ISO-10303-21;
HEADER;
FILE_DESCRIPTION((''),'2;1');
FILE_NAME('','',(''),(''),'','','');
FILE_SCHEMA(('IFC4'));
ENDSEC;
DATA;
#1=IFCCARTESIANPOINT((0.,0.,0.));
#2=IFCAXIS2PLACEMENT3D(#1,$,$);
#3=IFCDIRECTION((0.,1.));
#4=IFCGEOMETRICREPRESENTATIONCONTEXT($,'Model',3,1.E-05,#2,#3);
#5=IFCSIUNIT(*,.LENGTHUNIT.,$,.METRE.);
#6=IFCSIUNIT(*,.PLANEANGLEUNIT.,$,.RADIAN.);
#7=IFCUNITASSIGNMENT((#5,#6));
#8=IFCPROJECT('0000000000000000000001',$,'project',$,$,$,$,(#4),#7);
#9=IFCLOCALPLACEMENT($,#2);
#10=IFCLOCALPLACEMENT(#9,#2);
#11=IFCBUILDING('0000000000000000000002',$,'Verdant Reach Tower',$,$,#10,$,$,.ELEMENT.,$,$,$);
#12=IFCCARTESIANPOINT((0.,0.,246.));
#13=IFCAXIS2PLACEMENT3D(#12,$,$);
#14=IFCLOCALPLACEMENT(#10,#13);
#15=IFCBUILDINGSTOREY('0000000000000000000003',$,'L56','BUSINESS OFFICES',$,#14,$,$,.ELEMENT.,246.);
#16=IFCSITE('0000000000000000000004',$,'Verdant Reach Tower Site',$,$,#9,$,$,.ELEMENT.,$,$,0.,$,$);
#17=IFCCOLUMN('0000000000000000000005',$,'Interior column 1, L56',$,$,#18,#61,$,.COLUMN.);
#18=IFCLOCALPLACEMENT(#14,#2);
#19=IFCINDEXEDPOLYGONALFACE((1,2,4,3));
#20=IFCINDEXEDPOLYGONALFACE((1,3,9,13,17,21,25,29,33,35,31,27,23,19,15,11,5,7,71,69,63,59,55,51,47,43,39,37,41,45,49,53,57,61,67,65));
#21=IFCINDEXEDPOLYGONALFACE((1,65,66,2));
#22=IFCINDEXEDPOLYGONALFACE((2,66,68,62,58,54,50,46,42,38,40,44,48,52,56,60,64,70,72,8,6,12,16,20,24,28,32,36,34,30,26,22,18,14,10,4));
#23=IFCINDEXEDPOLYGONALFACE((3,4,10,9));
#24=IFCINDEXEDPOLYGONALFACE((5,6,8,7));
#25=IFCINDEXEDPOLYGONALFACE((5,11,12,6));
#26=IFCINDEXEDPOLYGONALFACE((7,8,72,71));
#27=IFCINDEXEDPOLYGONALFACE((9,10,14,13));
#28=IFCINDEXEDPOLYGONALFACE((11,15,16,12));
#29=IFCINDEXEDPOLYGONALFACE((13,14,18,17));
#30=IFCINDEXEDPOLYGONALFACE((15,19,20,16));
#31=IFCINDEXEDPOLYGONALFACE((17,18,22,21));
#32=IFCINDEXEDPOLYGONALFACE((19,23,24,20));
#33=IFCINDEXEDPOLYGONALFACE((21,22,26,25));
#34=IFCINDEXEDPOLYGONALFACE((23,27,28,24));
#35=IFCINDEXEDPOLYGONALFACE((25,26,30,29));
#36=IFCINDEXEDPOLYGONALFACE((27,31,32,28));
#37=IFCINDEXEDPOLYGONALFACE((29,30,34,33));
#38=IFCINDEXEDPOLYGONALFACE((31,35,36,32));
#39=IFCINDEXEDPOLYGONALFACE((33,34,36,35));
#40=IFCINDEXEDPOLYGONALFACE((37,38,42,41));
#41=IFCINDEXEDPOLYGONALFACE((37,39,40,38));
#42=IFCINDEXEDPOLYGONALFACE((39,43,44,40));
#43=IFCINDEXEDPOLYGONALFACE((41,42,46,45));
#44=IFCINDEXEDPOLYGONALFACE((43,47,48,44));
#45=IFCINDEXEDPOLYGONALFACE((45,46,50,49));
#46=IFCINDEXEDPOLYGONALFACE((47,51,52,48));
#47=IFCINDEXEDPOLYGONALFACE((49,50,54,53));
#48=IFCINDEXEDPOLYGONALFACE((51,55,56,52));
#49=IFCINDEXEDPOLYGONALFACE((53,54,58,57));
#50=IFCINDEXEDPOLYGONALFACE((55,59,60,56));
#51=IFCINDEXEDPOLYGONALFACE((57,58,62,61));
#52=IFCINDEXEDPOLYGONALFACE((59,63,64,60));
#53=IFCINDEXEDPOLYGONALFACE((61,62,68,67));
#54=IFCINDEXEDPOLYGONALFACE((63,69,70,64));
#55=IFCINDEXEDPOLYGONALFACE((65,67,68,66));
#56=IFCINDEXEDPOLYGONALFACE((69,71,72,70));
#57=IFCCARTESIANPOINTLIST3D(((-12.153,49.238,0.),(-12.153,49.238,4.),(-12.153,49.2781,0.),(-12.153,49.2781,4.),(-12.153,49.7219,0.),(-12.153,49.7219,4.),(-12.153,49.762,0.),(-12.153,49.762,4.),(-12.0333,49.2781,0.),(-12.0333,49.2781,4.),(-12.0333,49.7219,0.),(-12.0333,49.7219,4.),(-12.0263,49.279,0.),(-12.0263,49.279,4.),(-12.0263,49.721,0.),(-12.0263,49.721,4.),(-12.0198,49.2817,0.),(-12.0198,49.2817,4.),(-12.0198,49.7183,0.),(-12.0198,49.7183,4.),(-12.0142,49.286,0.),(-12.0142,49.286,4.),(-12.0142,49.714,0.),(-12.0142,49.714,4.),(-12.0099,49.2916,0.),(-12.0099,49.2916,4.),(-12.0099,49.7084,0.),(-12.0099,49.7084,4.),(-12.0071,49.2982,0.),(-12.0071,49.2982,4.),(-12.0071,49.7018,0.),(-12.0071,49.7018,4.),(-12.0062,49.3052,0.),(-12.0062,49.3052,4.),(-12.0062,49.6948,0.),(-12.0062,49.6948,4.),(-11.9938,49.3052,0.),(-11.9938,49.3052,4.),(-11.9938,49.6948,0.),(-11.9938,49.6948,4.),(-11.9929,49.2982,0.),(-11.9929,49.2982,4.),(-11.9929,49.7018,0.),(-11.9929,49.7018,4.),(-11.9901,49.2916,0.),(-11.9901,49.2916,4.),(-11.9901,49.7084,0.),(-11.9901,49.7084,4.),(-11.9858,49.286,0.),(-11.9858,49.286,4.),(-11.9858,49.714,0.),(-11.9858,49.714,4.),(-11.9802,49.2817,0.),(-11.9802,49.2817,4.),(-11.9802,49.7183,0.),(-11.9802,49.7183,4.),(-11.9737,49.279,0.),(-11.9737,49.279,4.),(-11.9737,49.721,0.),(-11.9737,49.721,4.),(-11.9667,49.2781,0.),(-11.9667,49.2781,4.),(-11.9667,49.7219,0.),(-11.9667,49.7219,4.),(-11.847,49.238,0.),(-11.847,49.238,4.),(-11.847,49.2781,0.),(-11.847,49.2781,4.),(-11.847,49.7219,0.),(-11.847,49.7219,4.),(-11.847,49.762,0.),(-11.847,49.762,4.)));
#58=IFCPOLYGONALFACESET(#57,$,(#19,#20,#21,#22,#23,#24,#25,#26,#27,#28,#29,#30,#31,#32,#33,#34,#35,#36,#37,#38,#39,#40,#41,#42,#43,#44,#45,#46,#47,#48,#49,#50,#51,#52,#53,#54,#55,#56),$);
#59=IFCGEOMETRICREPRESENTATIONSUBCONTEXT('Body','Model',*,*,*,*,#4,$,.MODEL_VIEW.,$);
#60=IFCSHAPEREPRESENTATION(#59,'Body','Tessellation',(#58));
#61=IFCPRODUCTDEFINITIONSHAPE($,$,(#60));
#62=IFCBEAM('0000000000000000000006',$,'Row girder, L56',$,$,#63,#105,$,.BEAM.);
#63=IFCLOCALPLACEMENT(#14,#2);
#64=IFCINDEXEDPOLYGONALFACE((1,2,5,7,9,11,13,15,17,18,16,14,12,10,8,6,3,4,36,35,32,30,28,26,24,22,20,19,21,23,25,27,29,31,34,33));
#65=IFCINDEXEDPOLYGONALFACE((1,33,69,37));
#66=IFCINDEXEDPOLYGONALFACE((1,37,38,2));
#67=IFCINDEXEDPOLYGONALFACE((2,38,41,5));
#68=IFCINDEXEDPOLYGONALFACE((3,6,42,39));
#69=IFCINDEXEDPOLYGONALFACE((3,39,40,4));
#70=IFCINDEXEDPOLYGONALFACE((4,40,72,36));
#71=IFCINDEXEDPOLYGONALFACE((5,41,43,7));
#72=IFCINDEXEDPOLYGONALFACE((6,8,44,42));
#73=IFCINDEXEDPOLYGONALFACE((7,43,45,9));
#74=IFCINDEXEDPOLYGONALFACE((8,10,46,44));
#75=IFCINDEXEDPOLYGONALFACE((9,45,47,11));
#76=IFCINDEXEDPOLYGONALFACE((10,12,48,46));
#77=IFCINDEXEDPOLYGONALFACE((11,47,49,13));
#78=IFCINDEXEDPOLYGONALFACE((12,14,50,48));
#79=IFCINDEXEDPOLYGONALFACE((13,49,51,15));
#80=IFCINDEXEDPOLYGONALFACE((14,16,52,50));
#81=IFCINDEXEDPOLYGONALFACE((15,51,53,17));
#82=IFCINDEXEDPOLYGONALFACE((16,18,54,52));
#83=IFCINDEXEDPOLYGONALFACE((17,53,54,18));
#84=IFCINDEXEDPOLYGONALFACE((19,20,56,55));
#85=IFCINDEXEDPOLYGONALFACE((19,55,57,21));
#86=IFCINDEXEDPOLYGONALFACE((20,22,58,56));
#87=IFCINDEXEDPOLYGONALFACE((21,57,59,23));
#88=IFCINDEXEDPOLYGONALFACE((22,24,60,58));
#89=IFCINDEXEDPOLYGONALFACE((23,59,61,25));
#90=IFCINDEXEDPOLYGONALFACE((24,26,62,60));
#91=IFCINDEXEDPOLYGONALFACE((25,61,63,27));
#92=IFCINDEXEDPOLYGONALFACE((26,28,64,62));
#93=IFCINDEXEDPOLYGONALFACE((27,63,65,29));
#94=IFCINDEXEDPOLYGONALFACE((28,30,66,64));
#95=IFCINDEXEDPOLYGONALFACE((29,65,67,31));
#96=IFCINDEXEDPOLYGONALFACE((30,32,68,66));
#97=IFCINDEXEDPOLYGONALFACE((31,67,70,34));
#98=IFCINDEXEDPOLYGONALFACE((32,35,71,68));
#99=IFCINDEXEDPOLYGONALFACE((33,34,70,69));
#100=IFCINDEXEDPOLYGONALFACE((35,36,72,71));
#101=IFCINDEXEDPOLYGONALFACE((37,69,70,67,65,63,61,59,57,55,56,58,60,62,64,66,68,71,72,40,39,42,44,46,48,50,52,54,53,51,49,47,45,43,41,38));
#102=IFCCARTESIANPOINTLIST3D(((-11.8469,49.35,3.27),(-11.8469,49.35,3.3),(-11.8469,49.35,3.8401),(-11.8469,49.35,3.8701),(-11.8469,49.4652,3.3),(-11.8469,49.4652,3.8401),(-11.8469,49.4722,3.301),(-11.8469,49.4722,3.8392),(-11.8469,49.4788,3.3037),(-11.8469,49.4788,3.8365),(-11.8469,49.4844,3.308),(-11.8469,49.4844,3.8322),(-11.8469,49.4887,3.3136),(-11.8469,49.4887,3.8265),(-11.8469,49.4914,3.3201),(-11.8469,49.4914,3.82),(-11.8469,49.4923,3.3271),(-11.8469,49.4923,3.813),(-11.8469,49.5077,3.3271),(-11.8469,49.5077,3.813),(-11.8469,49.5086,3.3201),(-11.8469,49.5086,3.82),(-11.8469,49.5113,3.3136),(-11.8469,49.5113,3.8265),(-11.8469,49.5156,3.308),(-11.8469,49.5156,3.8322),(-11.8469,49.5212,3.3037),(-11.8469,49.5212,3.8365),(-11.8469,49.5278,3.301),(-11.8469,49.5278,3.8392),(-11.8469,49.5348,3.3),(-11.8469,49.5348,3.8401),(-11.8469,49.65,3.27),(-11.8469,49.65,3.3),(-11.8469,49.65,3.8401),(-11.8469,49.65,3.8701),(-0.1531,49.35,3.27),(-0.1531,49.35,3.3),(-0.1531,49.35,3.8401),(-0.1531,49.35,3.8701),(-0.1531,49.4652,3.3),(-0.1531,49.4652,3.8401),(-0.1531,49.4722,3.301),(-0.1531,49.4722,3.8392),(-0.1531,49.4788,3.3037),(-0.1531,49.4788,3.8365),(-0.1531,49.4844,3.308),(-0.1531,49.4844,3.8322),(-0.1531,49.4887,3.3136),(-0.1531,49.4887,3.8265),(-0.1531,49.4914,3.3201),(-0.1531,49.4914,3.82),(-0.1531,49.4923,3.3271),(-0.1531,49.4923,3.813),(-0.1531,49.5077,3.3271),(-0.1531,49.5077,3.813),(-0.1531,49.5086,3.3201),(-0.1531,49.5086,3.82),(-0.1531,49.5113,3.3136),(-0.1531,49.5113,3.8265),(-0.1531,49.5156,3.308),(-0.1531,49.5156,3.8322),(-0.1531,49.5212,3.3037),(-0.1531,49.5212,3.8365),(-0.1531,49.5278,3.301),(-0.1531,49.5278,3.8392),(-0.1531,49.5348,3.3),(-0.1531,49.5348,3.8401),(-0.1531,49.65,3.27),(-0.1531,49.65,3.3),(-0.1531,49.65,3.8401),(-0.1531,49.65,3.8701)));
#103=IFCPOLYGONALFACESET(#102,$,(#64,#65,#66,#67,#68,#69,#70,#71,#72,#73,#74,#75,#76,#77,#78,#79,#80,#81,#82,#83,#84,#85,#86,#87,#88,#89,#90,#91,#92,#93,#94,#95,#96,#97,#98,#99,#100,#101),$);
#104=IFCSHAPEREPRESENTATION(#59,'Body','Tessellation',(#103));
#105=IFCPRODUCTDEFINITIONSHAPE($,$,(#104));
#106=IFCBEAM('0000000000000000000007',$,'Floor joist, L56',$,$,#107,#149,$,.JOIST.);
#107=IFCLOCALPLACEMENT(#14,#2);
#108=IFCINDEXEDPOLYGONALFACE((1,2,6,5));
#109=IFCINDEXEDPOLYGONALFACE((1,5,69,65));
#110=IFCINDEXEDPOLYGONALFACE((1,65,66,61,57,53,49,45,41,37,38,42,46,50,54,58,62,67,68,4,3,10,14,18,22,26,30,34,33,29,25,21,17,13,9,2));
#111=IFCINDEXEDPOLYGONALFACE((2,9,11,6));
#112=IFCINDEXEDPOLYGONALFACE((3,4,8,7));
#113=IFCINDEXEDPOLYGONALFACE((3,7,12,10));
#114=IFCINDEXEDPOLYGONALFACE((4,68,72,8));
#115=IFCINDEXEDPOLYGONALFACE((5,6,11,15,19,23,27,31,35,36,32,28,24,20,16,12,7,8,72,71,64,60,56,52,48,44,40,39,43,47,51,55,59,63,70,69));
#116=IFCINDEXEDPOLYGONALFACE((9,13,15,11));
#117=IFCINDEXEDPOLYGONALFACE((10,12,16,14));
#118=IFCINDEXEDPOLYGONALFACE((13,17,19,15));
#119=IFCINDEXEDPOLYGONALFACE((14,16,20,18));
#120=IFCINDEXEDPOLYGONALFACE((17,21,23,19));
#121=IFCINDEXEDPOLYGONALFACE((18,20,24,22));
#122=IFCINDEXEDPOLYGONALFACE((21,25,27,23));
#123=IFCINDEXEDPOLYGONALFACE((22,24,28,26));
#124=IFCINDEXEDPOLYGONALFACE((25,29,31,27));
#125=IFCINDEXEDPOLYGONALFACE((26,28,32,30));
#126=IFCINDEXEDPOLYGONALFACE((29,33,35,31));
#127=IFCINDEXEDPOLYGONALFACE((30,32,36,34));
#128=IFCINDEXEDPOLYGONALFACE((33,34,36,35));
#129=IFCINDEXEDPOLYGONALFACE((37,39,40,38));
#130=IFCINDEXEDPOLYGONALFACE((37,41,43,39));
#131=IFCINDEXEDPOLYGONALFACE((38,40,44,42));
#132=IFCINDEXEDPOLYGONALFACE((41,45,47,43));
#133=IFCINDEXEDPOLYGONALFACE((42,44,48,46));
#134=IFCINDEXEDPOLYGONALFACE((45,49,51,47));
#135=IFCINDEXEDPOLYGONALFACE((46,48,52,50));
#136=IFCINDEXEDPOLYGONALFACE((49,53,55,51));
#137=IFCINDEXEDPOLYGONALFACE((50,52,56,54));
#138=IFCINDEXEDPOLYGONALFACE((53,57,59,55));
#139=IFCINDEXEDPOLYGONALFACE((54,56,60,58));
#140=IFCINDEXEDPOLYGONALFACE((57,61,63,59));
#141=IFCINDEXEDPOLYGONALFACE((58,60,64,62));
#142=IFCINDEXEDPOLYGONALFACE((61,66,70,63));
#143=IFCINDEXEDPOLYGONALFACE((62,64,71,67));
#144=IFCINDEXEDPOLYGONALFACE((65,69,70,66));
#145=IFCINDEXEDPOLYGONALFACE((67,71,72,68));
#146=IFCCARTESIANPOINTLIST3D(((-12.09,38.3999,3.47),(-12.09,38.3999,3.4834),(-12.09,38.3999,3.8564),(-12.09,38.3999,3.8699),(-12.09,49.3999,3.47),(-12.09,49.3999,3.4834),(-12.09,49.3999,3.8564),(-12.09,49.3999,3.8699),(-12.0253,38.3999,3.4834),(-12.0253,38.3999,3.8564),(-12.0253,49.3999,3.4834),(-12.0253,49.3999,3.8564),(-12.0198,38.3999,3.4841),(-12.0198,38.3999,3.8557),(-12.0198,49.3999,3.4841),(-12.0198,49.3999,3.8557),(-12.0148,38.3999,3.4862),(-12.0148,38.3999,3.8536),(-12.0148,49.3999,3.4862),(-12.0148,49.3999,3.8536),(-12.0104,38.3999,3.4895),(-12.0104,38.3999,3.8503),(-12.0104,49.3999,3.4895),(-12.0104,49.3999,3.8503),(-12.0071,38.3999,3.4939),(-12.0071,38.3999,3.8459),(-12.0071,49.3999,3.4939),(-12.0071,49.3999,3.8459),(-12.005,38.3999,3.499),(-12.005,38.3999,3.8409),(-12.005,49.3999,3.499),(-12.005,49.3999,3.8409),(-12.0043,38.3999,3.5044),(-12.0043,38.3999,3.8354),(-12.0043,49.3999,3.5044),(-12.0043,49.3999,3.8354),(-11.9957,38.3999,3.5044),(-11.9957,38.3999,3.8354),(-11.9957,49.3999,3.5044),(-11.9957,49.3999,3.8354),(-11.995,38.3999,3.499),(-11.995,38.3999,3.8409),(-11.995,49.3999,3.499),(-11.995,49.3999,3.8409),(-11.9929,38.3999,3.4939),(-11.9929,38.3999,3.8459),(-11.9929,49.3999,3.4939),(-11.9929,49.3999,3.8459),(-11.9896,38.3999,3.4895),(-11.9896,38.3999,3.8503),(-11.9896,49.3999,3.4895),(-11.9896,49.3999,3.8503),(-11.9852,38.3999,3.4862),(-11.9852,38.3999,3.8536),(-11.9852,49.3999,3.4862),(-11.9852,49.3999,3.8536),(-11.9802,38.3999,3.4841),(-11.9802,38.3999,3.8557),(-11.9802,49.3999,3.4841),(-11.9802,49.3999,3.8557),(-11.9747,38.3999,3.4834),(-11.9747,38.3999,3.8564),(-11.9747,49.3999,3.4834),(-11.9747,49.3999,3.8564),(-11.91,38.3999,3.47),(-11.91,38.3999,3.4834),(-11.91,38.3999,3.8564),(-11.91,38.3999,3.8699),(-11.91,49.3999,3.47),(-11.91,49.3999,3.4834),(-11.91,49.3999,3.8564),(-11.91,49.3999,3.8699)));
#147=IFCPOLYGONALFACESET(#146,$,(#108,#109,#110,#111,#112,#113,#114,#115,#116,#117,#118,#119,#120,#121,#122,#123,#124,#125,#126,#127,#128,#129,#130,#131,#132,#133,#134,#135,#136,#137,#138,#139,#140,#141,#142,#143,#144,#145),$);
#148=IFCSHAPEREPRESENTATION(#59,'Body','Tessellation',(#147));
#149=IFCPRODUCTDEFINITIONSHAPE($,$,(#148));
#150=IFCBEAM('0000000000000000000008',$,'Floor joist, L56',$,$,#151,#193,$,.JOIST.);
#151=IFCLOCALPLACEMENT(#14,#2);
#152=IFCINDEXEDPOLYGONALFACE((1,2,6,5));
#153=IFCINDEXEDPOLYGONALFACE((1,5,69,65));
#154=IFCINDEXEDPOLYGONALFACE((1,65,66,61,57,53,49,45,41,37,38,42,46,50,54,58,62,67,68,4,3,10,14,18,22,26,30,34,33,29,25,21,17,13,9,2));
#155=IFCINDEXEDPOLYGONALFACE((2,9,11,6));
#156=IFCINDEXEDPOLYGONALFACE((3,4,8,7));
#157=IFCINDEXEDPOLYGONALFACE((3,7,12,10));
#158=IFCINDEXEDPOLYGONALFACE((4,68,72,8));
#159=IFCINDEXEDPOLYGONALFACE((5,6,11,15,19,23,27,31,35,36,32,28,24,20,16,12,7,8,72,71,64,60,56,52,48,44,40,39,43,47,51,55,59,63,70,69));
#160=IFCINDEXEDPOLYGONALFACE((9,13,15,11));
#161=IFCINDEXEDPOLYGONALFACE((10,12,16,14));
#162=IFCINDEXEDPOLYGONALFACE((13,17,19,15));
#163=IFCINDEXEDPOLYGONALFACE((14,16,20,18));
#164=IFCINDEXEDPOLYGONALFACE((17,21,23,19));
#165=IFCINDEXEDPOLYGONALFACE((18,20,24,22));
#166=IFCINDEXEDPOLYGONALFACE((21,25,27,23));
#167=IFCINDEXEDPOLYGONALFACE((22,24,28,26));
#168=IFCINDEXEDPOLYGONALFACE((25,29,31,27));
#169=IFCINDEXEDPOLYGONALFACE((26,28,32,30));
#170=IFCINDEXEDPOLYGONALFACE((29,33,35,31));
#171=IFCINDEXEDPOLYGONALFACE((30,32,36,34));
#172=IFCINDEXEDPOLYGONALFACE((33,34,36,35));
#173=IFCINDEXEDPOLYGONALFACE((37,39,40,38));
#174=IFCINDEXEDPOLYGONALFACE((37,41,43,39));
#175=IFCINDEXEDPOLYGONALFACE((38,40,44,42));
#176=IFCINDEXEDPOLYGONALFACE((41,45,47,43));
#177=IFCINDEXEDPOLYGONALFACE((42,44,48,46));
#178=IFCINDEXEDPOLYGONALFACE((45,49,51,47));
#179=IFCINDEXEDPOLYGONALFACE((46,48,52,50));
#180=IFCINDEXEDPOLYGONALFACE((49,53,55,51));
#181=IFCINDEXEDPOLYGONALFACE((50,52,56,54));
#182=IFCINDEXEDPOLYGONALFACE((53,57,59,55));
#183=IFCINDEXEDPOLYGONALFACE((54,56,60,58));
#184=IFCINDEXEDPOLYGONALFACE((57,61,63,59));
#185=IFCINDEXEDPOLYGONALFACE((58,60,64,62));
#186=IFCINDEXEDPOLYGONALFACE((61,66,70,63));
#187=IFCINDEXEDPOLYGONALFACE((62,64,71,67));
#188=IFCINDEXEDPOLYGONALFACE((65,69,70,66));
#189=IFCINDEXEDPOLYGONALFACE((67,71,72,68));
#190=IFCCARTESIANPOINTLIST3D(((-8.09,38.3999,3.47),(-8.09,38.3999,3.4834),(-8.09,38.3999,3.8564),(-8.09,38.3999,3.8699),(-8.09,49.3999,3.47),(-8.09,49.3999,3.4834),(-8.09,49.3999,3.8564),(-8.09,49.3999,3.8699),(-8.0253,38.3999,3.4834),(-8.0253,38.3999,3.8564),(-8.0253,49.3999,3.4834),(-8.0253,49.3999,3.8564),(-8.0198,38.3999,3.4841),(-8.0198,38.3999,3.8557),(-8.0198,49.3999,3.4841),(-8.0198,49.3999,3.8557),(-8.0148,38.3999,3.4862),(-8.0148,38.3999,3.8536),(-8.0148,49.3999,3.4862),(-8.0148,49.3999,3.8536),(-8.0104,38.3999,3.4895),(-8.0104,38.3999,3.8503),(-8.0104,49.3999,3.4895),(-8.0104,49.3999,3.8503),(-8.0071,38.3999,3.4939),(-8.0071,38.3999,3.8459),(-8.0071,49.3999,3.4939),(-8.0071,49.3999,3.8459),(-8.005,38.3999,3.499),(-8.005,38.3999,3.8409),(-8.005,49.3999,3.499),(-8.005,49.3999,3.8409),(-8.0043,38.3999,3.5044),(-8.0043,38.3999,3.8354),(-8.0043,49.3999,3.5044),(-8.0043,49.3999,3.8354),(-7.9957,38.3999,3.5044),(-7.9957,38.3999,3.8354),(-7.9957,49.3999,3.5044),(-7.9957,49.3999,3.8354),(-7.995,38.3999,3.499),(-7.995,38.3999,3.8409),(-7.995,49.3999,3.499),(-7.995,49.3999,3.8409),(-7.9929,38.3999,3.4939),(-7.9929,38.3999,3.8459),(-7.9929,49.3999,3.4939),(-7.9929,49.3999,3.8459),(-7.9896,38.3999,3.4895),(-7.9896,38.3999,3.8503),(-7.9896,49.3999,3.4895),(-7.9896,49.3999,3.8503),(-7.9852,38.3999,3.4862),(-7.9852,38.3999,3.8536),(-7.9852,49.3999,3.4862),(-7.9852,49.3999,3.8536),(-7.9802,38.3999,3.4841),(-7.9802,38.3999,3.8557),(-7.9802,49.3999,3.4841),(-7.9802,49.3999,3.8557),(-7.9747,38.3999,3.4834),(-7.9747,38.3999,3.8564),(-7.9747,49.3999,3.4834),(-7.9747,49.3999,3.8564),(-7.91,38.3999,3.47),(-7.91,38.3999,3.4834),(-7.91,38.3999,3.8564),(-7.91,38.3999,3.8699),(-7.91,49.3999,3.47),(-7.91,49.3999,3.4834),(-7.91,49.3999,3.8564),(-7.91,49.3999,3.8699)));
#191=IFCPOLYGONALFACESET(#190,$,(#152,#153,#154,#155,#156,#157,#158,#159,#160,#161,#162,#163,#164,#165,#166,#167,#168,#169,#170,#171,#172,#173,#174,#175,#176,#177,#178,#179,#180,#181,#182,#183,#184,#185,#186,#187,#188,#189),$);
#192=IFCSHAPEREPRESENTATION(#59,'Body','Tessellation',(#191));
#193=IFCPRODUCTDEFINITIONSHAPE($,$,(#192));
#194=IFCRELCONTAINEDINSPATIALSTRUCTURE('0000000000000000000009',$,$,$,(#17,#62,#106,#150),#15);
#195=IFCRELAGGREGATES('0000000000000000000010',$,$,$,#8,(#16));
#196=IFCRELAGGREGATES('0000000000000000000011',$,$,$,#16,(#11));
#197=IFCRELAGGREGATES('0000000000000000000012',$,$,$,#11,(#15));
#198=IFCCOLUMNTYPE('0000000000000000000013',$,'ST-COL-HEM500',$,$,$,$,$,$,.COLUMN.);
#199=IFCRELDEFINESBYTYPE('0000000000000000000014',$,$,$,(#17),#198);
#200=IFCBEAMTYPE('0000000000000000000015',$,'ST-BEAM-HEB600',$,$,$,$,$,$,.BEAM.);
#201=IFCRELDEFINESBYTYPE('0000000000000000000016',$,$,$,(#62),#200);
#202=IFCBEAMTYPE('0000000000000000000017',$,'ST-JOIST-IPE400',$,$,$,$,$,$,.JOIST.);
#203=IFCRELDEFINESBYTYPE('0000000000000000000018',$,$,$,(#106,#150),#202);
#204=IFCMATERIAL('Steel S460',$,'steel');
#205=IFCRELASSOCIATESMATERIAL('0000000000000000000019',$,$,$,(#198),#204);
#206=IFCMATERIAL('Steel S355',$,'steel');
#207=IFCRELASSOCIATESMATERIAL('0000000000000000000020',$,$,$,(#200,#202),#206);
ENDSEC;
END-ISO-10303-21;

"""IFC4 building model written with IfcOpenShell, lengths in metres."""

from ifc_helpers import new_model, si_unit, direction, frame, origin, origin_2d, place, context, subcontext, project, spatial, i_section, extrude, material, material_profile, profile_set, type_object, element, save


model = new_model("IFC4")

# Units and contexts
model_context = context("Model", 3, precision=1e-05, world=origin(), true_north=direction((0.0, 1.0)))
body_context = subcontext(model_context, "Body", "Model", "MODEL_VIEW")
ifc_project = project(units=[si_unit("LENGTHUNIT", "METRE"), si_unit("PLANEANGLEUNIT", "RADIAN")], contexts=[model_context])

# Site, building, storey
site_placement = place(None, origin())
site = spatial("IfcSite", under=ifc_project, at=site_placement, Name="Verdant Reach Tower Site", CompositionType="ELEMENT", RefElevation=0.0)
building_placement = place(site_placement, origin())
building = spatial("IfcBuilding", under=site, at=building_placement, Name="Verdant Reach Tower", CompositionType="ELEMENT")
storey_placement = place(building_placement, frame((0.0, 0.0, 246.0)))
storey = spatial("IfcBuildingStorey", under=building, at=storey_placement, Name="L56", Description="BUSINESS OFFICES", CompositionType="ELEMENT", Elevation=246.0)

# Column
ifc_material_1 = material(Name="Steel S460", Category="steel")
ifc_material_profile_1 = material_profile(ifc_material_1, i_section(OverallWidth=0.3059, OverallDepth=0.5239, WebThickness=0.0125, FlangeThickness=0.04, FilletRadius=0.0271, at=origin_2d()), Name="HEM 500")
ifc_profile_set_1 = profile_set([ifc_material_profile_1], Name="Steel S460")
column_type = type_object("IfcColumnType", Name="ST-COL-HEM500", PredefinedType="COLUMN", material=ifc_profile_set_1)
column_placement = place(storey_placement, frame((-12.0, 49.5, 0.0), z_axis=(0.0, 0.0, 1.0), x_axis=(1.0, 0.0, 0.0)))
element("IfcColumn", 1, at=column_placement, inside=storey, type_object=column_type, Name="Interior column 1, L56", PredefinedType="COLUMN", context=body_context, shape_type="SweptSolid", body=[
    extrude(i_section(OverallWidth=0.3059, OverallDepth=0.5239, WebThickness=0.0125, FlangeThickness=0.04, FilletRadius=0.0271, at=origin_2d()), origin(), (0.0, 0.0, 1.0), 4.0),
])

# Beams
ifc_material_2 = material(Name="Steel S355", Category="steel")
ifc_material_profile_2 = material_profile(ifc_material_2, i_section(OverallWidth=0.3, OverallDepth=0.6001, WebThickness=0.0154, FlangeThickness=0.03, FilletRadius=0.0271, at=origin_2d()), Name="HEB 600")
ifc_profile_set_2 = profile_set([ifc_material_profile_2], Name="Steel S355")
beam_type_1 = type_object("IfcBeamType", Name="ST-BEAM-HEB600", PredefinedType="BEAM", material=ifc_profile_set_2)
beam_1_placement = place(storey_placement, frame((-11.8469, 49.5, 3.5701), z_axis=(1.0, 0.0, 0.0), x_axis=(0.0, 1.0, 0.0)))
element("IfcBeam", 2, at=beam_1_placement, inside=storey, type_object=beam_type_1, Name="Row girder, L56", PredefinedType="BEAM", context=body_context, shape_type="SweptSolid", body=[
    extrude(i_section(OverallWidth=0.3, OverallDepth=0.6001, WebThickness=0.0154, FlangeThickness=0.03, FilletRadius=0.0271, at=origin_2d()), origin(), (0.0, 0.0, 1.0), 11.6938),
])
ifc_material_profile_3 = material_profile(ifc_material_2, i_section(OverallWidth=0.1799, OverallDepth=0.3999, WebThickness=0.0085, FlangeThickness=0.0134, FilletRadius=0.021, at=origin_2d()), Name="IPE 400")
ifc_profile_set_3 = profile_set([ifc_material_profile_3], Name="Steel S355")
beam_type_2 = type_object("IfcBeamType", Name="ST-JOIST-IPE400", PredefinedType="JOIST", material=ifc_profile_set_3)
for number, where, z_axis, x_axis, name in (
    (3, (-12.0, 38.3999, 3.6699), (0.0, 1.0, 0.0), (-1.0, 0.0, 0.0), "Floor joist, L56"),
    (4, (-8.0, 38.3999, 3.6699), (0.0, 1.0, 0.0), (-1.0, 0.0, 0.0), "Floor joist, L56"),
):
    element("IfcBeam", number, at=place(storey_placement, frame(where, z_axis=z_axis, x_axis=x_axis)), inside=storey, type_object=beam_type_2, Name=name, PredefinedType="JOIST", context=body_context, shape_type="SweptSolid", body=[
        extrude(i_section(OverallWidth=0.1799, OverallDepth=0.3999, WebThickness=0.0085, FlangeThickness=0.0134, FilletRadius=0.021, at=origin_2d()), origin(), (0.0, 0.0, 1.0), 11.0),
    ])

save(model, "model.ifc")
